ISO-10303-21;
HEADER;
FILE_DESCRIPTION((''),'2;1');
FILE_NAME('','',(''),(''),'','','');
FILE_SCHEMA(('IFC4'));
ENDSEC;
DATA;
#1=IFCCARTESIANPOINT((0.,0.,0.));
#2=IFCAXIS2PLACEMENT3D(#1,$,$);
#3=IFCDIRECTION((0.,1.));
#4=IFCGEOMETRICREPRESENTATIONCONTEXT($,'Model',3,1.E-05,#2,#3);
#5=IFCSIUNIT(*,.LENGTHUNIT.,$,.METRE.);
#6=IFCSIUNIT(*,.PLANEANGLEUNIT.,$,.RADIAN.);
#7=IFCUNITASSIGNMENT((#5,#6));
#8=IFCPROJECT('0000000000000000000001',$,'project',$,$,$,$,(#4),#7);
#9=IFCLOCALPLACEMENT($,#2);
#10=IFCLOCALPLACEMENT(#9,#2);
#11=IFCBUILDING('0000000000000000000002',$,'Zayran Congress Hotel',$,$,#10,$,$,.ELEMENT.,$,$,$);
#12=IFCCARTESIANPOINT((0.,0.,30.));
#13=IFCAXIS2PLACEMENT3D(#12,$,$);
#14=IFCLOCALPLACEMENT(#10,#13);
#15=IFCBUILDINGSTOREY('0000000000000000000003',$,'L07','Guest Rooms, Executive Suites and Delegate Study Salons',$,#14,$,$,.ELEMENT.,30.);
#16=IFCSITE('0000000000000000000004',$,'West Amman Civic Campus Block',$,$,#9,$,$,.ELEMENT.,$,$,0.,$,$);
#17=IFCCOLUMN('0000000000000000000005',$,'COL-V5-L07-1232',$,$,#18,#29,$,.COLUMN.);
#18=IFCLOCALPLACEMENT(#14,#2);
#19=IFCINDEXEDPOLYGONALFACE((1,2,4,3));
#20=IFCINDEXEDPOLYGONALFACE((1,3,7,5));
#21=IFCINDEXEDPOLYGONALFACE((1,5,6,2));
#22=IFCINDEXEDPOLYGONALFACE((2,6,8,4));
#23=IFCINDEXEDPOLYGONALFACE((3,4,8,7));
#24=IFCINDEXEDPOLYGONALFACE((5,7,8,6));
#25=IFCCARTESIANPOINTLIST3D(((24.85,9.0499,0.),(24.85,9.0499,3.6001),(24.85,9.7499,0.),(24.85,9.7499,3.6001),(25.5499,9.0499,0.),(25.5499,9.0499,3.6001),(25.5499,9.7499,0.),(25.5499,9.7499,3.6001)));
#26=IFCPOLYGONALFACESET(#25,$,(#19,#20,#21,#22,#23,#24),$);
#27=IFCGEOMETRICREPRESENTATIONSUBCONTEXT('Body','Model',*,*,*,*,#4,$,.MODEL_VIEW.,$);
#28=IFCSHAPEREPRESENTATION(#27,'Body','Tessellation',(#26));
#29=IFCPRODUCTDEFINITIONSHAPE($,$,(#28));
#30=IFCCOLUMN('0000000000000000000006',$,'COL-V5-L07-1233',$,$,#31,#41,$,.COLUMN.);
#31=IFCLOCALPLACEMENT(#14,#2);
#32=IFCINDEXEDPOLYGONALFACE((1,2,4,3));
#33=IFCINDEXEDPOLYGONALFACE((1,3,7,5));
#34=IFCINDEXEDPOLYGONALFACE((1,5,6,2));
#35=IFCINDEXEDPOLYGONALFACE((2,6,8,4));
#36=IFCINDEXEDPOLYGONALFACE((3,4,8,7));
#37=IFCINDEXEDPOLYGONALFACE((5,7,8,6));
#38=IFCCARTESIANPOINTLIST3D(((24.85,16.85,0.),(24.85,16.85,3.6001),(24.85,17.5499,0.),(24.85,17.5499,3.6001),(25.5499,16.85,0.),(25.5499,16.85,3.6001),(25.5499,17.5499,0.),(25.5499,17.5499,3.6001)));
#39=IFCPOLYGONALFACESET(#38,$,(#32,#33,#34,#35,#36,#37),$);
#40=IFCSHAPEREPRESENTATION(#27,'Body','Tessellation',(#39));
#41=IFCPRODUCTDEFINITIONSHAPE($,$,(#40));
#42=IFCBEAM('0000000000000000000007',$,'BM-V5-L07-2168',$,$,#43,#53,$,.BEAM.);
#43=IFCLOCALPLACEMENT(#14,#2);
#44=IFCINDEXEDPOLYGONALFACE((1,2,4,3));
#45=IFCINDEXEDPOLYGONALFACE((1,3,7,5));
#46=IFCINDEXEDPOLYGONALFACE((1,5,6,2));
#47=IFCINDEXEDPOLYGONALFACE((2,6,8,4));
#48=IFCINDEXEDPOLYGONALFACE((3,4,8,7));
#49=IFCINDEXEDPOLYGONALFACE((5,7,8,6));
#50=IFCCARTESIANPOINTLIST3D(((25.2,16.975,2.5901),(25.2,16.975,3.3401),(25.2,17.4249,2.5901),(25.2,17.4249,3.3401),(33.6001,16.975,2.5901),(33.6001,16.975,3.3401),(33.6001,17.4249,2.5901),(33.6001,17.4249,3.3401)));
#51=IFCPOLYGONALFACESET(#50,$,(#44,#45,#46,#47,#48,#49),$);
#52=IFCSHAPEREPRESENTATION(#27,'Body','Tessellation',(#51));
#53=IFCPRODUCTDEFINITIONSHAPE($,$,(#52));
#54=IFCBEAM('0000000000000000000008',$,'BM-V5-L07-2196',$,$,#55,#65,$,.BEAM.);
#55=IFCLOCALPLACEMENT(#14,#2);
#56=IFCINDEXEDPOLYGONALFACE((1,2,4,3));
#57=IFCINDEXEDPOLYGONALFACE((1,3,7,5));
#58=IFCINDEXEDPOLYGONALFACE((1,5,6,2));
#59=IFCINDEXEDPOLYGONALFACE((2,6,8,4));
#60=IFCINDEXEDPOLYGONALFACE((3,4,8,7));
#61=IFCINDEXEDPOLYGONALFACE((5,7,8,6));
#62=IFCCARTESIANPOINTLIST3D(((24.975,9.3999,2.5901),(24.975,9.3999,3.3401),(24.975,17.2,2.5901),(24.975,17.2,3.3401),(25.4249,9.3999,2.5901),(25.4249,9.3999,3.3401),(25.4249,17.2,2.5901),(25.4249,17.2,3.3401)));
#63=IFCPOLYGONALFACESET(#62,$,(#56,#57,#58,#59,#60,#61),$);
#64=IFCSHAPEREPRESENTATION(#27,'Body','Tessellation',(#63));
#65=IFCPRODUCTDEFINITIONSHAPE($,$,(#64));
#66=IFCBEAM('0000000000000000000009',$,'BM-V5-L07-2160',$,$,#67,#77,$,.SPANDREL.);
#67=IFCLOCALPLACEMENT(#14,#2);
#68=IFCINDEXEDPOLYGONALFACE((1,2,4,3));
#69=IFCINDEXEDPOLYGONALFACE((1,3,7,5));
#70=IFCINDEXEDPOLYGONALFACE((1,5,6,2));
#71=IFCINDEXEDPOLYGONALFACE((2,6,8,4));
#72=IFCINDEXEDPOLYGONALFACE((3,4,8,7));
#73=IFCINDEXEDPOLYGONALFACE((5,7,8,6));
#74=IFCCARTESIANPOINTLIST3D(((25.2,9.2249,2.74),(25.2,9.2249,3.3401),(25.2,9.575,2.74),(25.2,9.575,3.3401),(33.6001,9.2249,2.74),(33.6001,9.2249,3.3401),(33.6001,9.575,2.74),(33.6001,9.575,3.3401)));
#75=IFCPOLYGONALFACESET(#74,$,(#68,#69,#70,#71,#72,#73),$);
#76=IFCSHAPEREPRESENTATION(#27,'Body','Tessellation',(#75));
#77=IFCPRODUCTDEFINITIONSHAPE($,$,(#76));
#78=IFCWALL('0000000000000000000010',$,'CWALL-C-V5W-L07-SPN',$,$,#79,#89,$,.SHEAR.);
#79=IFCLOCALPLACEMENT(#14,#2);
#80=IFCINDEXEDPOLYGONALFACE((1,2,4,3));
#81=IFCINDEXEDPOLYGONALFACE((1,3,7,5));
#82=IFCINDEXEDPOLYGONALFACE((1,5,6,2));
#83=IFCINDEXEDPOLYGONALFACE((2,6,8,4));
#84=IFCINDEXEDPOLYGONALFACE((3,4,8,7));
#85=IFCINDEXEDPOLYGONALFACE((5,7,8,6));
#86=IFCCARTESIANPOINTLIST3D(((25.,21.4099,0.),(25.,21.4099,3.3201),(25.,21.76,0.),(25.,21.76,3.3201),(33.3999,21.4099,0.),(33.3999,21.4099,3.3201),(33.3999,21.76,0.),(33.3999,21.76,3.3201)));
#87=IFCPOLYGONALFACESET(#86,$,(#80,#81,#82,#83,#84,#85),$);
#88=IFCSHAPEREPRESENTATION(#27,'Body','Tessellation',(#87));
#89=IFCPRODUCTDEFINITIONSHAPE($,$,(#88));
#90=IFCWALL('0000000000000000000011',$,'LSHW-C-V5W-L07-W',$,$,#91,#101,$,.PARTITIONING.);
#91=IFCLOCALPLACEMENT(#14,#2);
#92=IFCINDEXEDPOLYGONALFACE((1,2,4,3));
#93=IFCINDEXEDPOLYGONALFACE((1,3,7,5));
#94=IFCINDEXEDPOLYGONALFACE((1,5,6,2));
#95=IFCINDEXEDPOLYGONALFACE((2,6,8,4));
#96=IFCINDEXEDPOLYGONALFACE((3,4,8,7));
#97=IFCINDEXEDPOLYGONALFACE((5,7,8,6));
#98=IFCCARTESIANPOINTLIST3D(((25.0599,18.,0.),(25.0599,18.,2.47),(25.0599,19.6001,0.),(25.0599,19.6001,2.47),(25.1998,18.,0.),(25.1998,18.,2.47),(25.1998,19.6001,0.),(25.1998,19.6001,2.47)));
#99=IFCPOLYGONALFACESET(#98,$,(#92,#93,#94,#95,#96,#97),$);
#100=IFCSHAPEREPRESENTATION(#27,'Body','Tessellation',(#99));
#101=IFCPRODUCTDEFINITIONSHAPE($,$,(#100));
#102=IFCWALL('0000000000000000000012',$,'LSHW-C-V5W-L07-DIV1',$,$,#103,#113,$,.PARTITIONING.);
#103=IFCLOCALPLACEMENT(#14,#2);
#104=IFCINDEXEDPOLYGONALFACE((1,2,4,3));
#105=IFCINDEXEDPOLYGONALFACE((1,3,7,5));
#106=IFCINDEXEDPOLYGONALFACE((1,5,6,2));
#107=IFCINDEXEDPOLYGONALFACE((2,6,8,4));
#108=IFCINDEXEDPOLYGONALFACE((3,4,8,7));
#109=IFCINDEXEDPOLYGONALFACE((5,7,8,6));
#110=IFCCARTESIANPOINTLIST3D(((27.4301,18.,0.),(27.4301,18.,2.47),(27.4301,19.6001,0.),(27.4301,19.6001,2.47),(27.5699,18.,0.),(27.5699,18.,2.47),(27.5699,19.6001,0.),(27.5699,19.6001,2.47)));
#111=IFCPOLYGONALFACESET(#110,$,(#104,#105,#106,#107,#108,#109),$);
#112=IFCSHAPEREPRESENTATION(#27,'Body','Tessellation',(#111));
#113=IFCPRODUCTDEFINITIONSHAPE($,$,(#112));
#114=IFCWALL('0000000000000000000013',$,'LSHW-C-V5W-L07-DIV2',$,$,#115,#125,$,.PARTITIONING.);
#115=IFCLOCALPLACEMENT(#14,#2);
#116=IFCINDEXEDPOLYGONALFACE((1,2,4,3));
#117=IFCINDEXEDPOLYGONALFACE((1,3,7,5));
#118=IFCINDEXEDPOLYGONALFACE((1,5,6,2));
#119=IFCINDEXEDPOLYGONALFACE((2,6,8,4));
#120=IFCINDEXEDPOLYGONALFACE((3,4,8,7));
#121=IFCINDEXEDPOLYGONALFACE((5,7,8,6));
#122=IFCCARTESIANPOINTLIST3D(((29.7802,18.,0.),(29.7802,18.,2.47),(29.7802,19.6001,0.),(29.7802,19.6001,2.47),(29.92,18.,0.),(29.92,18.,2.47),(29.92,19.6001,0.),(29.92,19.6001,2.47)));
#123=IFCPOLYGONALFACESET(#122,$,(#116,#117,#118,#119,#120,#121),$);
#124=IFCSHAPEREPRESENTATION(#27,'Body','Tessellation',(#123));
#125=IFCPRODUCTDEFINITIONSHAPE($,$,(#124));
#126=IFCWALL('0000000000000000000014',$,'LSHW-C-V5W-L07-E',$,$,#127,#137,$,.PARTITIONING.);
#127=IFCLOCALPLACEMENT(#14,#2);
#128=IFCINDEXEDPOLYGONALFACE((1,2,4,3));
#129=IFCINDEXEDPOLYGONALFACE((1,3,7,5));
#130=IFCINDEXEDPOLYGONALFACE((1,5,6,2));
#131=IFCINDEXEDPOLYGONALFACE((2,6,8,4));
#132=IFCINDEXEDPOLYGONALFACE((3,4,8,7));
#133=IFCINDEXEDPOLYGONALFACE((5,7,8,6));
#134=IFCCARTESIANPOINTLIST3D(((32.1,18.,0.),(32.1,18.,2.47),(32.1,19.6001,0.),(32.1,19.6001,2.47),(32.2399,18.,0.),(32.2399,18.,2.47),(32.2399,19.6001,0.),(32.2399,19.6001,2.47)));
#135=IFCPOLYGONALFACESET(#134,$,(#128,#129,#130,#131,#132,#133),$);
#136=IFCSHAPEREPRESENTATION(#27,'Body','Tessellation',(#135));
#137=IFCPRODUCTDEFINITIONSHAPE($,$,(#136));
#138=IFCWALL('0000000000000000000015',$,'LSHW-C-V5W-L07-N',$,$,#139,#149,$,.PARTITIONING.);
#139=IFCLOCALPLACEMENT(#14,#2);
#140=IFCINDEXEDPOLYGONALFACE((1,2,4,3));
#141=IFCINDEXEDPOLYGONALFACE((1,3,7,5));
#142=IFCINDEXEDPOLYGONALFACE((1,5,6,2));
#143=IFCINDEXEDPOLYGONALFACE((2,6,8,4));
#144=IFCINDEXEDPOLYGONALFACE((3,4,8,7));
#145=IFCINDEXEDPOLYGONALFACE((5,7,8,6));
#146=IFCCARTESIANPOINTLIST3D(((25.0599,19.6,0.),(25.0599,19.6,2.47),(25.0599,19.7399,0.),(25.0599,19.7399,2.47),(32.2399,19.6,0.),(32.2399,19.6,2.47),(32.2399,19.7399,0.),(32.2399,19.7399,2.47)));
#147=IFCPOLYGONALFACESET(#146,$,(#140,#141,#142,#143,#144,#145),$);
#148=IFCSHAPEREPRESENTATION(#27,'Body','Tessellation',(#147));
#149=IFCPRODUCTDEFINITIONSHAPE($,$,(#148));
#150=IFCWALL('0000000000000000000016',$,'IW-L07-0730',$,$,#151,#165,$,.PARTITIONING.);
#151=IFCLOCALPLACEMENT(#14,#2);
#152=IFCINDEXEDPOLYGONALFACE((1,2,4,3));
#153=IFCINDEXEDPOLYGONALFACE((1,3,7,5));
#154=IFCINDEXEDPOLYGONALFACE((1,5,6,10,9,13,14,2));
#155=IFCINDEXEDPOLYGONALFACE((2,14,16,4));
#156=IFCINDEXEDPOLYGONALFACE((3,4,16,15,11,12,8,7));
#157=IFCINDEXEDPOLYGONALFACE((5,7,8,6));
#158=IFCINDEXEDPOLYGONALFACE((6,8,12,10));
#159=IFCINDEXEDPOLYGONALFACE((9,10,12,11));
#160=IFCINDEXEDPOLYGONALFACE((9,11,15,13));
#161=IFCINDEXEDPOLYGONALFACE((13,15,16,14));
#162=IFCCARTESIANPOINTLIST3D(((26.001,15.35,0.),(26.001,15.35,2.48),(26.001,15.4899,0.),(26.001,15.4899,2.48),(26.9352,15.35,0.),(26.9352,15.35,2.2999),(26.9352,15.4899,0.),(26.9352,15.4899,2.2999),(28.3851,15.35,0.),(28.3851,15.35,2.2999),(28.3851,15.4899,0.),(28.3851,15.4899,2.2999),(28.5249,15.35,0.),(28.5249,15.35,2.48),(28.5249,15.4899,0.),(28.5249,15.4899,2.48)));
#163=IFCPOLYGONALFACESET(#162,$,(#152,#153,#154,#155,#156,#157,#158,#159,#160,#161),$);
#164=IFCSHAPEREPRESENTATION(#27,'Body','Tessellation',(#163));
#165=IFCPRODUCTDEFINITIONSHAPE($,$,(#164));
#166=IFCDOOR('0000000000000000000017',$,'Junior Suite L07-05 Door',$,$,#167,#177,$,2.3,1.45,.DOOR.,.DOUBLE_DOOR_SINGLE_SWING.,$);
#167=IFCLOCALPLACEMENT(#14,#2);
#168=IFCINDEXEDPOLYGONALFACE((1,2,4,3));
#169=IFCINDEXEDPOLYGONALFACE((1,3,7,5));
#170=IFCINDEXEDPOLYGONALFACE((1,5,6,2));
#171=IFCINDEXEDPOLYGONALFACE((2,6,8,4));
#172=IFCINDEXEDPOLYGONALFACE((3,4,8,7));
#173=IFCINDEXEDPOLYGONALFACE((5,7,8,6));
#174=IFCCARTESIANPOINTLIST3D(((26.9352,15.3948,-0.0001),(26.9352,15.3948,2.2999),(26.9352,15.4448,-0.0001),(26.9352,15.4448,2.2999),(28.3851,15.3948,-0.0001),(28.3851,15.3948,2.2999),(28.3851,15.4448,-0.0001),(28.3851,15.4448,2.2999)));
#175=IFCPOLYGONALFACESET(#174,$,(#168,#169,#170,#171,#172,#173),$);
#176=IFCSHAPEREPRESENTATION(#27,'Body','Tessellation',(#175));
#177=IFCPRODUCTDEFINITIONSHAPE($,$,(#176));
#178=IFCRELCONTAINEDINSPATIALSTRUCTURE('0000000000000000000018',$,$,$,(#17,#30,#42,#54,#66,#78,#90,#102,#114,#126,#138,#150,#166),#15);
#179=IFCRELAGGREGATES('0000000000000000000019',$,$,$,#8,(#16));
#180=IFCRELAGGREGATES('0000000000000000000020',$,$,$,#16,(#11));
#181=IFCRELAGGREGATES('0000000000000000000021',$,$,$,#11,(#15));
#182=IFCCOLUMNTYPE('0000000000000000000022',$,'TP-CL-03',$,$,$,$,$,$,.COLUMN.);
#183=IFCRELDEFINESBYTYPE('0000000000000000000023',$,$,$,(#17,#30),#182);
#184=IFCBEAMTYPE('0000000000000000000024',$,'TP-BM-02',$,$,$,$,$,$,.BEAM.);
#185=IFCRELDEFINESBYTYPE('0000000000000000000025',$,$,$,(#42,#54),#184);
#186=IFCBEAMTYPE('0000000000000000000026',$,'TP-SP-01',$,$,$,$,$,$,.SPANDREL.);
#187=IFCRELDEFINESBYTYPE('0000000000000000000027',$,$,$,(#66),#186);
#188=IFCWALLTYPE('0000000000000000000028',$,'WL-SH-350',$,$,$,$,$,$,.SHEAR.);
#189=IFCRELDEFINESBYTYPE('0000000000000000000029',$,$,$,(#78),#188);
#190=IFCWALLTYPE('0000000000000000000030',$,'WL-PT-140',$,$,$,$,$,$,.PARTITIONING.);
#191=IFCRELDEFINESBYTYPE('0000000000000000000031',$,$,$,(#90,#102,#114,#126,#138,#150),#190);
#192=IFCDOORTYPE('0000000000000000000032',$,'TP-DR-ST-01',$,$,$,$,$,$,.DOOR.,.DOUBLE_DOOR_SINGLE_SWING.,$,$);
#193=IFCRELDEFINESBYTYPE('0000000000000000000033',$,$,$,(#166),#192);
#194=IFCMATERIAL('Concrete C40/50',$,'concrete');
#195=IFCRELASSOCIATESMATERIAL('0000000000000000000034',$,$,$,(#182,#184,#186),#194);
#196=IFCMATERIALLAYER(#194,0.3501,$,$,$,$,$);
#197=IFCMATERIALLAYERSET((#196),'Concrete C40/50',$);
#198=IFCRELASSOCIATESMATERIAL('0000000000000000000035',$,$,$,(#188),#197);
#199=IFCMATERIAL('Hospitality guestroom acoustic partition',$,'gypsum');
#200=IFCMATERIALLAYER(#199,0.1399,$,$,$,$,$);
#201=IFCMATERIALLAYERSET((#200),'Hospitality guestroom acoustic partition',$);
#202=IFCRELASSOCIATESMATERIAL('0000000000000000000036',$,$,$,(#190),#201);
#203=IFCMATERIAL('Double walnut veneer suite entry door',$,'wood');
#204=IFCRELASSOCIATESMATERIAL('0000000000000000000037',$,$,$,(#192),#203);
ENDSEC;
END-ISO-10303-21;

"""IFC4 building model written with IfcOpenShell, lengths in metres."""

from ifc_helpers import new_model, si_unit, direction, frame, frame_2d, origin, origin_2d, place, context, subcontext, project, spatial, rectangle, extrude, material, layer, layer_set, material_profile, profile_set, type_object, element, fill, save


model = new_model("IFC4")

# Units and contexts
model_context = context("Model", 3, precision=1e-05, world=origin(), true_north=direction((0.0, 1.0)))
body_context = subcontext(model_context, "Body", "Model", "MODEL_VIEW")
ifc_project = project(units=[si_unit("LENGTHUNIT", "METRE"), si_unit("PLANEANGLEUNIT", "RADIAN")], contexts=[model_context])

# Site, building, storey
site_placement = place(None, origin())
site = spatial("IfcSite", under=ifc_project, at=site_placement, Name="West Amman Civic Campus Block", CompositionType="ELEMENT", RefElevation=0.0)
building_placement = place(site_placement, origin())
building = spatial("IfcBuilding", under=site, at=building_placement, Name="Zayran Congress Hotel", CompositionType="ELEMENT")
storey_placement = place(building_placement, frame((0.0, 0.0, 30.0)))
storey = spatial("IfcBuildingStorey", under=building, at=storey_placement, Name="L07", Description="Guest Rooms, Executive Suites and Delegate Study Salons", CompositionType="ELEMENT", Elevation=30.0)

# Columns
ifc_material_1 = material(Name="Concrete C40/50", Category="concrete")
ifc_material_profile_1 = material_profile(ifc_material_1, rectangle(XDim=0.7, YDim=0.7, at=origin_2d()), Name="RC 700x700")
ifc_profile_set_1 = profile_set([ifc_material_profile_1], Name="Concrete C40/50")
column_type = type_object("IfcColumnType", Name="TP-CL-03", PredefinedType="COLUMN", material=ifc_profile_set_1)
for number, where, z_axis, x_axis, name in (
    (1, (25.2, 9.3999, 0.0), (0.0, 0.0, 1.0), (1.0, 0.0, 0.0), "COL-V5-L07-1232"),
    (2, (25.2, 17.2, 0.0), (0.0, 0.0, 1.0), (1.0, 0.0, 0.0), "COL-V5-L07-1233"),
):
    element("IfcColumn", number, at=place(storey_placement, frame(where, z_axis=z_axis, x_axis=x_axis)), inside=storey, type_object=column_type, Name=name, PredefinedType="COLUMN", context=body_context, shape_type="SweptSolid", body=[
        extrude(rectangle(XDim=0.7, YDim=0.7, at=origin_2d()), origin(), (0.0, 0.0, 1.0), 3.6001),
    ])

# Beams
ifc_material_profile_2 = material_profile(ifc_material_1, rectangle(XDim=0.45, YDim=0.75, at=origin_2d()), Name="RC 450x750")
ifc_profile_set_2 = profile_set([ifc_material_profile_2], Name="Concrete C40/50")
beam_type_1 = type_object("IfcBeamType", Name="TP-BM-02", PredefinedType="BEAM", material=ifc_profile_set_2)
beam_1_placement = place(storey_placement, frame((25.2, 17.2, 2.9651), z_axis=(1.0, 0.0, 0.0), x_axis=(0.0, 1.0, 0.0)))
element("IfcBeam", 3, at=beam_1_placement, inside=storey, type_object=beam_type_1, Name="BM-V5-L07-2168", PredefinedType="BEAM", context=body_context, shape_type="SweptSolid", body=[
    extrude(rectangle(XDim=0.45, YDim=0.75, at=origin_2d()), origin(), (0.0, 0.0, 1.0), 8.4001),
])
beam_2_placement = place(storey_placement, frame((25.2, 9.3999, 2.9651), z_axis=(0.0, 1.0, 0.0), x_axis=(-1.0, 0.0, 0.0)))
element("IfcBeam", 4, at=beam_2_placement, inside=storey, type_object=beam_type_1, Name="BM-V5-L07-2196", PredefinedType="BEAM", context=body_context, shape_type="SweptSolid", body=[
    extrude(rectangle(XDim=0.45, YDim=0.75, at=origin_2d()), origin(), (0.0, 0.0, 1.0), 7.8),
])
ifc_material_profile_3 = material_profile(ifc_material_1, rectangle(XDim=0.3501, YDim=0.6001, at=origin_2d()), Name="RC 350x600")
ifc_profile_set_3 = profile_set([ifc_material_profile_3], Name="Concrete C40/50")
beam_type_2 = type_object("IfcBeamType", Name="TP-SP-01", PredefinedType="SPANDREL", material=ifc_profile_set_3)
beam_3_placement = place(storey_placement, frame((25.2, 9.3999, 3.04), z_axis=(1.0, 0.0, 0.0), x_axis=(0.0, 1.0, 0.0)))
element("IfcBeam", 5, at=beam_3_placement, inside=storey, type_object=beam_type_2, Name="BM-V5-L07-2160", PredefinedType="SPANDREL", context=body_context, shape_type="SweptSolid", body=[
    extrude(rectangle(XDim=0.3501, YDim=0.6001, at=origin_2d()), origin(), (0.0, 0.0, 1.0), 8.4001),
])

# Walls
ifc_layer_1 = layer(ifc_material_1, 0.3501)
ifc_layer_set_1 = layer_set([ifc_layer_1], Name="Concrete C40/50")
wall_type_1 = type_object("IfcWallType", Name="WL-SH-350", PredefinedType="SHEAR", material=ifc_layer_set_1)
wall_1_placement = place(storey_placement, frame((25.0, 21.585, 0.0), z_axis=(0.0, 0.0, 1.0), x_axis=(1.0, 0.0, 0.0)))
element("IfcWall", 6, at=wall_1_placement, inside=storey, type_object=wall_type_1, Name="CWALL-C-V5W-L07-SPN", PredefinedType="SHEAR", context=body_context, shape_type="SweptSolid", body=[
    extrude(rectangle(XDim=8.3999, YDim=0.3501, at=frame_2d((4.2, 0.0))), origin(), (0.0, 0.0, 1.0), 3.3201),
])
ifc_material_2 = material(Name="Hospitality guestroom acoustic partition", Category="gypsum")
ifc_layer_2 = layer(ifc_material_2, 0.1399)
ifc_layer_set_2 = layer_set([ifc_layer_2], Name="Hospitality guestroom acoustic partition")
wall_type_2 = type_object("IfcWallType", Name="WL-PT-140", PredefinedType="PARTITIONING", material=ifc_layer_set_2)
for number, where, z_axis, x_axis, name in (
    (7, (25.1299, 18.0, 0.0), (0.0, 0.0, 1.0), (0.0, 1.0, 0.0), "LSHW-C-V5W-L07-W"),
    (8, (27.5, 18.0, 0.0), (0.0, 0.0, 1.0), (0.0, 1.0, 0.0), "LSHW-C-V5W-L07-DIV1"),
    (9, (29.8501, 18.0, 0.0), (0.0, 0.0, 1.0), (0.0, 1.0, 0.0), "LSHW-C-V5W-L07-DIV2"),
    (10, (32.1699, 18.0, 0.0), (0.0, 0.0, 1.0), (0.0, 1.0, 0.0), "LSHW-C-V5W-L07-E"),
):
    element("IfcWall", number, at=place(storey_placement, frame(where, z_axis=z_axis, x_axis=x_axis)), inside=storey, type_object=wall_type_2, Name=name, PredefinedType="PARTITIONING", context=body_context, shape_type="SweptSolid", body=[
        extrude(rectangle(XDim=1.6001, YDim=0.1399, at=frame_2d((0.8, 0.0))), origin(), (0.0, 0.0, 1.0), 2.47),
    ])
wall_2_placement = place(storey_placement, frame((25.0601, 19.6699, 0.0), z_axis=(0.0, 0.0, 1.0), x_axis=(1.0, 0.0, 0.0)))
element("IfcWall", 11, at=wall_2_placement, inside=storey, type_object=wall_type_2, Name="LSHW-C-V5W-L07-N", PredefinedType="PARTITIONING", context=body_context, shape_type="SweptSolid", body=[
    extrude(rectangle(XDim=7.1799, YDim=0.1399, at=frame_2d((3.5898, 0.0))), origin(), (0.0, 0.0, 1.0), 2.47),
])

# Wall, opening, door
wall_3_placement = place(storey_placement, frame((26.001, 15.4199, 0.0), z_axis=(0.0, 0.0, 1.0), x_axis=(1.0, 0.0, 0.0)))
wall_3 = element("IfcWall", 12, at=wall_3_placement, inside=storey, type_object=wall_type_2, Name="IW-L07-0730", PredefinedType="PARTITIONING", context=body_context, shape_type="SweptSolid", body=[
    extrude(rectangle(XDim=2.5239, YDim=0.1399, at=frame_2d((1.262, 0.0))), origin(), (0.0, 0.0, 1.0), 2.48),
])
opening_1_placement = place(wall_3_placement, frame((0.9341, 0.0, 0.0)))
opening_1 = element("IfcOpeningElement", 13, at=opening_1_placement, cuts=wall_3, PredefinedType="OPENING", context=body_context, shape_type="SweptSolid", body=[
    extrude(rectangle(XDim=1.45, YDim=2.3, at=frame_2d((0.7251, 1.1499))), frame((0.0, 0.0798, 0.0), z_axis=(0.0, -1.0, 0.0), x_axis=(1.0, 0.0, 0.0)), (0.0, 0.0, 1.0), 0.1599),
])
ifc_material_3 = material(Name="Double walnut veneer suite entry door", Category="wood")
door_type_1 = type_object("IfcDoorType", Name="TP-DR-ST-01", OperationType="DOUBLE_DOOR_SINGLE_SWING", PredefinedType="DOOR", material=ifc_material_3)
door_1_placement = place(opening_1_placement, origin())
door_1 = element("IfcDoor", 14, at=door_1_placement, inside=storey, type_object=door_type_1, Name="Junior Suite L07-05 Door", OperationType="DOUBLE_DOOR_SINGLE_SWING", OverallHeight=2.3, OverallWidth=1.45, PredefinedType="DOOR", context=body_context, shape_type="SweptSolid", body=[
    extrude(rectangle(XDim=1.45, YDim=2.3, at=frame_2d((0.7251, 1.1499))), frame((0.0, 0.0249, 0.0), z_axis=(0.0, -1.0, 0.0), x_axis=(1.0, 0.0, 0.0)), (0.0, 0.0, 1.0), 0.05),
])
fill(opening_1, door_1)

save(model, "model.ifc")
